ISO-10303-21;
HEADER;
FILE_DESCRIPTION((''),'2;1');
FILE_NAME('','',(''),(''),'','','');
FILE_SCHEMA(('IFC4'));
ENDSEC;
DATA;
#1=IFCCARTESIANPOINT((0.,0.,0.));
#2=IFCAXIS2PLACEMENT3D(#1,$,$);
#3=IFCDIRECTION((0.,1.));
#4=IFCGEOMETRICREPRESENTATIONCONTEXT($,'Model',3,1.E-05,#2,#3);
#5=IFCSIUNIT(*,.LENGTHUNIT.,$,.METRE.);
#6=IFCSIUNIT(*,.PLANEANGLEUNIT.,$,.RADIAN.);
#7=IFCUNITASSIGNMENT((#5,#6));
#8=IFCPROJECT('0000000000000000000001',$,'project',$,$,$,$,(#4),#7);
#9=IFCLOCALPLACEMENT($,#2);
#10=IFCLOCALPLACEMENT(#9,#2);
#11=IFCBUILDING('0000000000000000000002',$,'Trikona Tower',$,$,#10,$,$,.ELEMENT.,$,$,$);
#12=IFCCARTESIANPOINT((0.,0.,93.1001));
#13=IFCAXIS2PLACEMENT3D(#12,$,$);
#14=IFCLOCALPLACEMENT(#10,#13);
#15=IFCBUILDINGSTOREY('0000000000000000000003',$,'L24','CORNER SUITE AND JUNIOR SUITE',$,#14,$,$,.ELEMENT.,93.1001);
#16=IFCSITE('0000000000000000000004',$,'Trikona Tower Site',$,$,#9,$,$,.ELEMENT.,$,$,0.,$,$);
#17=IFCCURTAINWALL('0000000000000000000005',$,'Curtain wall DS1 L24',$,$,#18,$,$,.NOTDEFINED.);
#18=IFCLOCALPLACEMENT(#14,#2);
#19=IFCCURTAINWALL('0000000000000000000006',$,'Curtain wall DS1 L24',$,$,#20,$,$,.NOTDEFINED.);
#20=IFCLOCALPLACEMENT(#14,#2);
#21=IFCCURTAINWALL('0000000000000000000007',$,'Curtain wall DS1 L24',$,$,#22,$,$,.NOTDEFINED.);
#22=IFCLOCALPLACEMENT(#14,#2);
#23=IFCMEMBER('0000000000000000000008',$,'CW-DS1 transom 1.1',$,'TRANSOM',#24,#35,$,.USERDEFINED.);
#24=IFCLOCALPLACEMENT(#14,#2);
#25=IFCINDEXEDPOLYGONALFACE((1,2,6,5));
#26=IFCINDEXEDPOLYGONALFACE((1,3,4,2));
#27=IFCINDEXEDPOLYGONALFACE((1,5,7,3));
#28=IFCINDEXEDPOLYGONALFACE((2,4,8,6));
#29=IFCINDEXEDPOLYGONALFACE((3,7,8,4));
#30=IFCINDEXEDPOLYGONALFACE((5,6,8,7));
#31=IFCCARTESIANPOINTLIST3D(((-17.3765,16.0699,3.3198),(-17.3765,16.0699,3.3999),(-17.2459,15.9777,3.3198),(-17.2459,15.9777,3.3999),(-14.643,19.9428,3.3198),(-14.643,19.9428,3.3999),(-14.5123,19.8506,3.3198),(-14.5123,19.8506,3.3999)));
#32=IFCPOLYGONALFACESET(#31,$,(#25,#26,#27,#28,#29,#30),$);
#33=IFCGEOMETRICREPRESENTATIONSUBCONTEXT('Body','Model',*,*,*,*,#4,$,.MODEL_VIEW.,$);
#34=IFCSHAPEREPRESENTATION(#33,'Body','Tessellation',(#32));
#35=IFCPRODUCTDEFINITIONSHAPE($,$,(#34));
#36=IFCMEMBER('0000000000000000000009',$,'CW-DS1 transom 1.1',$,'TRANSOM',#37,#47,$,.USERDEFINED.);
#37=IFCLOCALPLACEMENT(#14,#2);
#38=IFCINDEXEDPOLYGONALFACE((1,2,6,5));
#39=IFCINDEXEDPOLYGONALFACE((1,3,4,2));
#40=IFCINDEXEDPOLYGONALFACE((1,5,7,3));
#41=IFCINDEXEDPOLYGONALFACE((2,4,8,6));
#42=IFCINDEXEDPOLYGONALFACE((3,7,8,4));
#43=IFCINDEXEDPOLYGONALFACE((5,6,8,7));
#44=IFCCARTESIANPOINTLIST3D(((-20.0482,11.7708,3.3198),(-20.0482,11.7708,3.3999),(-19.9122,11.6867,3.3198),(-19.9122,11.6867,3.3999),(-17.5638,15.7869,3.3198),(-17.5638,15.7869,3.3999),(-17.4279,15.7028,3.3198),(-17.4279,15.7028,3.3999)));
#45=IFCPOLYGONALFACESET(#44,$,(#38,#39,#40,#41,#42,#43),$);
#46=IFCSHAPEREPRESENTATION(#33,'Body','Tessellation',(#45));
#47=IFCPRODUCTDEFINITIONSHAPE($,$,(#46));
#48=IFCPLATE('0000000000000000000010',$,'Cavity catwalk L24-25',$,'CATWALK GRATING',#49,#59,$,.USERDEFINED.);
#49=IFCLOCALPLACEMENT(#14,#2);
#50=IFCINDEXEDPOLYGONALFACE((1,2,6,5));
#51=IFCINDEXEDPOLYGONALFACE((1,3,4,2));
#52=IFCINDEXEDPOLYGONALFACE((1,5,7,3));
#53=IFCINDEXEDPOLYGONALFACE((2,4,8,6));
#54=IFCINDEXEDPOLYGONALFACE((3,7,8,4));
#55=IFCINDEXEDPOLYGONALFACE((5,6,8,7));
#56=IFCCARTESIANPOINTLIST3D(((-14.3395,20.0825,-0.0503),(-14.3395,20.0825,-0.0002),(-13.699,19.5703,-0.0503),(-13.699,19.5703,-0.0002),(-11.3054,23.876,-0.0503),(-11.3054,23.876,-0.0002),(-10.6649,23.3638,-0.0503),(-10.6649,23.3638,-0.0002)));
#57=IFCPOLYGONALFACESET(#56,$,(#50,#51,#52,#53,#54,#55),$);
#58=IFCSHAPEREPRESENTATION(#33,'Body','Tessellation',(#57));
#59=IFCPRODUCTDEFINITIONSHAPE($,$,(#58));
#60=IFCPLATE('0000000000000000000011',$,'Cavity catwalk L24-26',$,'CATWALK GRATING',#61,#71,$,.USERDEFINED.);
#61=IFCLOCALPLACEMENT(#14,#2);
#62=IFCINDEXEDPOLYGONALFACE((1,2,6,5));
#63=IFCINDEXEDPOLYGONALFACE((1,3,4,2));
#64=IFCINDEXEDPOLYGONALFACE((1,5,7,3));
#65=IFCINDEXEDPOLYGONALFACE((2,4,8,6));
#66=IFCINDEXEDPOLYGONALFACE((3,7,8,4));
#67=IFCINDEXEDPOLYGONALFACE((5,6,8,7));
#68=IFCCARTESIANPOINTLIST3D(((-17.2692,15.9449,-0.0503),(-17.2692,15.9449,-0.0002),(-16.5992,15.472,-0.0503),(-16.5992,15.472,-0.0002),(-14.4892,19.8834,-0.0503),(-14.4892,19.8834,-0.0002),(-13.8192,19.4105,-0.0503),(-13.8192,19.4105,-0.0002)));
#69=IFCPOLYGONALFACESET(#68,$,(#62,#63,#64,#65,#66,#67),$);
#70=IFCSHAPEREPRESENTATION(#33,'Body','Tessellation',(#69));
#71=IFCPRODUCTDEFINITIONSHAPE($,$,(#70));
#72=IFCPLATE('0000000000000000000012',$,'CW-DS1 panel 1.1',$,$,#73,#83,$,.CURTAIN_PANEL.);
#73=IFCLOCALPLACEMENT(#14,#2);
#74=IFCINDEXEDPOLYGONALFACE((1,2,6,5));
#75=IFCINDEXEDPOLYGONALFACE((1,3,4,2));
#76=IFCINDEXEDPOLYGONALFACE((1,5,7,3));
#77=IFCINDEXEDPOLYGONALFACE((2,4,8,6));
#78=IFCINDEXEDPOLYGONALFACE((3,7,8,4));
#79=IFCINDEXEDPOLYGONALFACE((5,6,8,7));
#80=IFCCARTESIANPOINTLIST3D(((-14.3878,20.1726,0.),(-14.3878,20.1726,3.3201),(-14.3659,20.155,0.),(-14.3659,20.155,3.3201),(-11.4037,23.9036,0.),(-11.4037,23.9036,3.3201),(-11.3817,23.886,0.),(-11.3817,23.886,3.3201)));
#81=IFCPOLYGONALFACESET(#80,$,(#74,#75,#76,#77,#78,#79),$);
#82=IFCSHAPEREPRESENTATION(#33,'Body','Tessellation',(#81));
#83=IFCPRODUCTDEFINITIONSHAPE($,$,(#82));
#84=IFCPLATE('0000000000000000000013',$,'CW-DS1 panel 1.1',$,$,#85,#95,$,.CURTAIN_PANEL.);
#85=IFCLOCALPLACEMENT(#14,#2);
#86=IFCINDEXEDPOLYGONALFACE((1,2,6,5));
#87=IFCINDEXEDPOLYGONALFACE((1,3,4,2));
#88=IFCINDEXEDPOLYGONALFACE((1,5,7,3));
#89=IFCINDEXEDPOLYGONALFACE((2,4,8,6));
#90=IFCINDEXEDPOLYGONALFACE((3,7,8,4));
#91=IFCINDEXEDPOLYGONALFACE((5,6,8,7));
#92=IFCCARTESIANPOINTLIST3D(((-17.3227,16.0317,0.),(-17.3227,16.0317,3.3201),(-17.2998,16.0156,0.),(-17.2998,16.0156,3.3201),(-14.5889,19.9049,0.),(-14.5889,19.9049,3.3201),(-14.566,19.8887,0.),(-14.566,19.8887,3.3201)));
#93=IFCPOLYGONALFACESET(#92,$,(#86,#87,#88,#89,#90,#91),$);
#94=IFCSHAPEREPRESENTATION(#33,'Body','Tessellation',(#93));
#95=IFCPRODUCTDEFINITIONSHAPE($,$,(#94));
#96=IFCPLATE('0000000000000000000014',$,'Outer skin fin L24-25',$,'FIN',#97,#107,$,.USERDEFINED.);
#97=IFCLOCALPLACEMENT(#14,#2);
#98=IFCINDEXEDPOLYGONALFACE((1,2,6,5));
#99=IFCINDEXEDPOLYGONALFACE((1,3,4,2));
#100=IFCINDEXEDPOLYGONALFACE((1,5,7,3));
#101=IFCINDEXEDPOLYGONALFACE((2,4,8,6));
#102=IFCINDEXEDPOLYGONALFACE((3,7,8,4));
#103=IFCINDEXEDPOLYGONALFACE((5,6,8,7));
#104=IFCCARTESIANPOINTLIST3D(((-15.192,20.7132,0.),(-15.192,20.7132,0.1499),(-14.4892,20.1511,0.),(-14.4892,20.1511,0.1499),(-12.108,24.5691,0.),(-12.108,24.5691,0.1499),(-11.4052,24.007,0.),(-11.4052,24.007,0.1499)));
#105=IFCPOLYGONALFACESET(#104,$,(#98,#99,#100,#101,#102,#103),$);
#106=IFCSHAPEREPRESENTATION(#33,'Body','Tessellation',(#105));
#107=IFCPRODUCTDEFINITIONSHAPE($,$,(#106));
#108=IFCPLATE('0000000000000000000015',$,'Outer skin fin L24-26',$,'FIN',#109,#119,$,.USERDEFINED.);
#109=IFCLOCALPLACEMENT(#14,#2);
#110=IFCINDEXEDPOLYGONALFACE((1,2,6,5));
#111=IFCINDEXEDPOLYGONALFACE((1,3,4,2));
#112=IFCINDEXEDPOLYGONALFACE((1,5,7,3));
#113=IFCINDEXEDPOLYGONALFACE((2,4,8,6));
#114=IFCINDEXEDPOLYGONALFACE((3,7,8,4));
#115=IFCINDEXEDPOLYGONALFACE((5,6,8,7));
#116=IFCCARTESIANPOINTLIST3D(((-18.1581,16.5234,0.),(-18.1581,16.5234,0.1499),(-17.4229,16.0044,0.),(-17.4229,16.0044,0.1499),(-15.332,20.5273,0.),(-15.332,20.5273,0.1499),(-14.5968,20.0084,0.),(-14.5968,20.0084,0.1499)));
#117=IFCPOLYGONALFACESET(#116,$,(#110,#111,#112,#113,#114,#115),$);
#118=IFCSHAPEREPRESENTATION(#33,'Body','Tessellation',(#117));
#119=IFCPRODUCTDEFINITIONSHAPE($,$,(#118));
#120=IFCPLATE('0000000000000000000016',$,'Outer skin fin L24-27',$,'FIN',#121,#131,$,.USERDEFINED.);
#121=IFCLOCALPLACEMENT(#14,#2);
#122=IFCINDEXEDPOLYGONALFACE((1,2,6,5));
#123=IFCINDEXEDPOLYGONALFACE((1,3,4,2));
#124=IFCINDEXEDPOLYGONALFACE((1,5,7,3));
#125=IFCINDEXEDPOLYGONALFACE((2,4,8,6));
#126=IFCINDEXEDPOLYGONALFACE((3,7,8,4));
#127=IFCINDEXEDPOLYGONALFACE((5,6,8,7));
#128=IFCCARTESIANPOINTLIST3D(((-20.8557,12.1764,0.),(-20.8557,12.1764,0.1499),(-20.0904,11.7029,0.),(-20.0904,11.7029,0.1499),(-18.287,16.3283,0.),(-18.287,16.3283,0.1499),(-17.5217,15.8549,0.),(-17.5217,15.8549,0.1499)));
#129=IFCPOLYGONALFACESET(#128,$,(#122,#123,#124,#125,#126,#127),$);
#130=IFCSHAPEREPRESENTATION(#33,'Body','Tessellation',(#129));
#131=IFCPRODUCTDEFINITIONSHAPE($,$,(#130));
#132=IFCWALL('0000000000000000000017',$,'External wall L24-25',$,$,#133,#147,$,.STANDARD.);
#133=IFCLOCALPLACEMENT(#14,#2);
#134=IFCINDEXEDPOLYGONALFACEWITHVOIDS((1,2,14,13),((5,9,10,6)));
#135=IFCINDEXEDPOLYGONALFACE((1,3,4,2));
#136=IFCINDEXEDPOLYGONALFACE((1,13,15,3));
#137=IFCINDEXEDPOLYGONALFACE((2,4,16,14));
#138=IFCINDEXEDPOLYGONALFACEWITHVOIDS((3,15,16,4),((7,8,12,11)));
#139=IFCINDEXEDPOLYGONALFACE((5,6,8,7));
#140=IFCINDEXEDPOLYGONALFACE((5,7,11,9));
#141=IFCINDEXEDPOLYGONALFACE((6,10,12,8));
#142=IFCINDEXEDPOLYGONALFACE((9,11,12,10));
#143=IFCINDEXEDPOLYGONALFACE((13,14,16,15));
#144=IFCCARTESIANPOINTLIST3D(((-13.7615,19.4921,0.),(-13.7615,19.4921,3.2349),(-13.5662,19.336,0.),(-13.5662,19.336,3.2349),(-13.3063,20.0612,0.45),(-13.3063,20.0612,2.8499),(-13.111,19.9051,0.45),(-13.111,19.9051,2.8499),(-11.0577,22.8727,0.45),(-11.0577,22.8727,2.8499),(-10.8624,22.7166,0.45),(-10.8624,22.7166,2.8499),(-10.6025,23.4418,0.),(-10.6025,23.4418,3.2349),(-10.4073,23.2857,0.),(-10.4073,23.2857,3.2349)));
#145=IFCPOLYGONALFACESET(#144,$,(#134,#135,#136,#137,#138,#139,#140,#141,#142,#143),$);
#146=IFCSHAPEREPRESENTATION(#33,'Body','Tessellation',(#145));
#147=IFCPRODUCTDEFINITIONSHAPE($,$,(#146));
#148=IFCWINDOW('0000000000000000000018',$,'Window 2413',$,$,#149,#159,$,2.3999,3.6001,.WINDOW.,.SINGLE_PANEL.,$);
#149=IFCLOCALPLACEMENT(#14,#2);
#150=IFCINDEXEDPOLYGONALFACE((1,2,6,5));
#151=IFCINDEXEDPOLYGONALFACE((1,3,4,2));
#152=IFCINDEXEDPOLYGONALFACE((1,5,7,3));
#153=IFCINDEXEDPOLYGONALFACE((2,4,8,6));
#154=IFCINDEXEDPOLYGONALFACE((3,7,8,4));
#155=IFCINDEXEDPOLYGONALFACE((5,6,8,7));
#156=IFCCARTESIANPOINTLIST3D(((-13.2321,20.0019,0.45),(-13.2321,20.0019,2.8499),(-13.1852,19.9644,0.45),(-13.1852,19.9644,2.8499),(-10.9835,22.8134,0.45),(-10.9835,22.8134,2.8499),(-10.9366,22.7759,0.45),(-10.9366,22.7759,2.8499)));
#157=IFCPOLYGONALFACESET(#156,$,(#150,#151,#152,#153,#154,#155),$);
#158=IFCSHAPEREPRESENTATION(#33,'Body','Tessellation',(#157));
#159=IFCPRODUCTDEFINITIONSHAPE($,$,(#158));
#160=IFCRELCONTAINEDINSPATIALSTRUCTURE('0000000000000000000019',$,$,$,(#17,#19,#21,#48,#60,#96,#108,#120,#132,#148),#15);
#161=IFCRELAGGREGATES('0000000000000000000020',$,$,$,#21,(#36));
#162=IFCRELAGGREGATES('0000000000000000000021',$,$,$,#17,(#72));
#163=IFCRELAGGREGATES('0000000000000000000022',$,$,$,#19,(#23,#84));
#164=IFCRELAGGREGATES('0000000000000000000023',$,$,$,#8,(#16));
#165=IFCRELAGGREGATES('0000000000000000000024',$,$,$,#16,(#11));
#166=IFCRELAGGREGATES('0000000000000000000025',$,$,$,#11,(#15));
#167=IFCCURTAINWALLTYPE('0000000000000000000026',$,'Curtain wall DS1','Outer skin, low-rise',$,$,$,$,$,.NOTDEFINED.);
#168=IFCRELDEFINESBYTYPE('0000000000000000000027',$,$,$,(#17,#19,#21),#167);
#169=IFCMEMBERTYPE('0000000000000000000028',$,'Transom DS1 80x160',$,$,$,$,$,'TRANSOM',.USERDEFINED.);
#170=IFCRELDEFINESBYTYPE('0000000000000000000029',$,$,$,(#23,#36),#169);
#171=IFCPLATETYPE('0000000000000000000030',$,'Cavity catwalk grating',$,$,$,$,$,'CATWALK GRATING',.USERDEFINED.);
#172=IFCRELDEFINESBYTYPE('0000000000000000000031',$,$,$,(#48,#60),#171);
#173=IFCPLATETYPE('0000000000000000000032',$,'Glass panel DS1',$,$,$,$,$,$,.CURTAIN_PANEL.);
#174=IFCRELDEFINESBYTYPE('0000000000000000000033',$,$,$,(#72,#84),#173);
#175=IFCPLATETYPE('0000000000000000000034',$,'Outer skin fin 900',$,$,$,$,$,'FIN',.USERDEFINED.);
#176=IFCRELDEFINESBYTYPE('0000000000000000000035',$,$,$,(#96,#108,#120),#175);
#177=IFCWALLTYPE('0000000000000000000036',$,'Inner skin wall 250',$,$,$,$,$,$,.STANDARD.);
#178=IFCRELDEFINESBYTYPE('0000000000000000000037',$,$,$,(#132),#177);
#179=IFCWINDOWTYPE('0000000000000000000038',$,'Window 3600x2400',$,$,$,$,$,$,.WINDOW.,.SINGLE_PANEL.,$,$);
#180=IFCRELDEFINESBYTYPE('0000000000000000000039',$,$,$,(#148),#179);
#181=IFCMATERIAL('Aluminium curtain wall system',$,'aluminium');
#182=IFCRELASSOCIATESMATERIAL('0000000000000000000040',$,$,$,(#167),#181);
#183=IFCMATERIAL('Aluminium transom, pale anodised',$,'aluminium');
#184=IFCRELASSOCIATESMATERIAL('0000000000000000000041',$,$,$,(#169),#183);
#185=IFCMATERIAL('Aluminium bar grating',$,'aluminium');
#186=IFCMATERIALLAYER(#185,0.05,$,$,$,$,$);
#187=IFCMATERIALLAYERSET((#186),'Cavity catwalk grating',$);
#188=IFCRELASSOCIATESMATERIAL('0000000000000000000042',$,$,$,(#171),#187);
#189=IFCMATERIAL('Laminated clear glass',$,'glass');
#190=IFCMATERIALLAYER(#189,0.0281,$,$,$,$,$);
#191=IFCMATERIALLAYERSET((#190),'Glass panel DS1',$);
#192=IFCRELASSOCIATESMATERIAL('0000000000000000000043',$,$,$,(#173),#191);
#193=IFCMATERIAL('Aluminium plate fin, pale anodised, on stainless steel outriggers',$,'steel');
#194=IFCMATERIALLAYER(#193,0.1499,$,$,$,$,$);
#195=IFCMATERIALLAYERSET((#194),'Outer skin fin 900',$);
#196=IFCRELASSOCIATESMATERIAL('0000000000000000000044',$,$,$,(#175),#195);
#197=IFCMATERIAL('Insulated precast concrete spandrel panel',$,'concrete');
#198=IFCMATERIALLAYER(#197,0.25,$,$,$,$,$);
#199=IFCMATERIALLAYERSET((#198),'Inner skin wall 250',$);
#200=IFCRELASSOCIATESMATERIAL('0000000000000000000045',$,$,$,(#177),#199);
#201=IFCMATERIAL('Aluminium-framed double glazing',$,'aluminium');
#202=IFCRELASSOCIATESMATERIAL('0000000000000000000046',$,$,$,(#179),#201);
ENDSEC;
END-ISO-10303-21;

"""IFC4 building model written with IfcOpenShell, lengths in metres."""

from ifc_helpers import new_model, si_unit, direction, frame, frame_2d, origin, origin_2d, place, context, subcontext, project, spatial, rectangle, extrude, material, layer, layer_set, material_profile, profile_set, type_object, element, fill, aggregate, save


model = new_model("IFC4")

# Units and contexts
model_context = context("Model", 3, precision=1e-05, world=origin(), true_north=direction((0.0, 1.0)))
body_context = subcontext(model_context, "Body", "Model", "MODEL_VIEW")
ifc_project = project(units=[si_unit("LENGTHUNIT", "METRE"), si_unit("PLANEANGLEUNIT", "RADIAN")], contexts=[model_context])

# Site, building, storey
site_placement = place(None, origin())
site = spatial("IfcSite", under=ifc_project, at=site_placement, Name="Trikona Tower Site", CompositionType="ELEMENT", RefElevation=0.0)
building_placement = place(site_placement, origin())
building = spatial("IfcBuilding", under=site, at=building_placement, Name="Trikona Tower", CompositionType="ELEMENT")
storey_placement = place(building_placement, frame((0.0, 0.0, 93.1001)))
storey = spatial("IfcBuildingStorey", under=building, at=storey_placement, Name="L24", Description="CORNER SUITE AND JUNIOR SUITE", CompositionType="ELEMENT", Elevation=93.1001)

# Shared definitions
ifc_material_1 = material(Name="Aluminium curtain wall system", Category="aluminium")
curtain_wall_type = type_object("IfcCurtainWallType", Name="Curtain wall DS1", Description="Outer skin, low-rise", PredefinedType="NOTDEFINED", material=ifc_material_1)

# Curtain walls
curtain_wall_1_placement = place(storey_placement, origin())
curtain_wall_1 = element("IfcCurtainWall", 1, at=curtain_wall_1_placement, inside=storey, type_object=curtain_wall_type, Name="Curtain wall DS1 L24", PredefinedType="NOTDEFINED")
curtain_wall_2_placement = place(storey_placement, origin())
curtain_wall_2 = element("IfcCurtainWall", 2, at=curtain_wall_2_placement, inside=storey, type_object=curtain_wall_type, Name="Curtain wall DS1 L24", PredefinedType="NOTDEFINED")

# Curtain wall
curtain_wall_3_placement = place(storey_placement, origin())
curtain_wall_3 = element("IfcCurtainWall", 3, at=curtain_wall_3_placement, inside=storey, type_object=curtain_wall_type, Name="Curtain wall DS1 L24", PredefinedType="NOTDEFINED")

# Members
ifc_material_2 = material(Name="Aluminium transom, pale anodised", Category="aluminium")
ifc_material_profile_1 = material_profile(ifc_material_2, rectangle(XDim=0.1599, YDim=0.0801, at=origin_2d()), Name="TRN-DS1")
ifc_profile_set_1 = profile_set([ifc_material_profile_1], Name="Aluminium transom, pale anodised")
member_type_1 = type_object("IfcMemberType", Name="Transom DS1 80x160", ElementType="TRANSOM", PredefinedType="USERDEFINED", material=ifc_profile_set_1)
member_1_placement = place(storey_placement, frame((-14.5776, 19.8967, 3.3599), z_axis=(-0.576645, -0.816995, 0.0), x_axis=(0.816995, -0.576645, 0.0)))
member_1 = element("IfcMember", 4, at=member_1_placement, type_object=member_type_1, Name="CW-DS1 transom 1.1", ObjectType="TRANSOM", PredefinedType="USERDEFINED", context=body_context, shape_type="SweptSolid", body=[
    extrude(rectangle(XDim=0.1599, YDim=0.0801, at=origin_2d()), origin(), (0.0, 0.0, 1.0), 4.7405),
])
member_2_placement = place(storey_placement, frame((-17.4958, 15.7449, 3.3599), z_axis=(-0.526081, -0.850435, 0.0), x_axis=(0.850435, -0.526081, 0.0)))
member_2 = element("IfcMember", 5, at=member_2_placement, type_object=member_type_1, Name="CW-DS1 transom 1.1", ObjectType="TRANSOM", PredefinedType="USERDEFINED", context=body_context, shape_type="SweptSolid", body=[
    extrude(rectangle(XDim=0.1599, YDim=0.0801, at=origin_2d()), origin(), (0.0, 0.0, 1.0), 4.7224),
])
aggregate(curtain_wall_3, [member_2])

# Plates
ifc_material_3 = material(Name="Aluminium bar grating", Category="aluminium")
ifc_layer_1 = layer(ifc_material_3, 0.05)
ifc_layer_set_1 = layer_set([ifc_layer_1], Name="Cavity catwalk grating")
plate_type_1 = type_object("IfcPlateType", Name="Cavity catwalk grating", ElementType="CATWALK GRATING", PredefinedType="USERDEFINED", material=ifc_layer_set_1)
plate_1_placement = place(storey_placement, frame((-12.5022, 21.7231, -0.0503), z_axis=(0.0, 0.0, 1.0), x_axis=(-0.624604, -0.780942, 0.0)))
element("IfcPlate", 6, at=plate_1_placement, inside=storey, type_object=plate_type_1, Name="Cavity catwalk L24-25", ObjectType="CATWALK GRATING", PredefinedType="USERDEFINED", context=body_context, shape_type="SweptSolid", body=[
    extrude(rectangle(XDim=4.8577, YDim=0.8201, at=origin_2d()), origin(), (0.0, 0.0, 1.0), 0.05),
])
plate_2_placement = place(storey_placement, frame((-15.5442, 17.6777, -0.0503), z_axis=(0.0, 0.0, 1.0), x_axis=(-0.576662, -0.816983, 0.0)))
element("IfcPlate", 7, at=plate_2_placement, inside=storey, type_object=plate_type_1, Name="Cavity catwalk L24-26", ObjectType="CATWALK GRATING", PredefinedType="USERDEFINED", context=body_context, shape_type="SweptSolid", body=[
    extrude(rectangle(XDim=4.8208, YDim=0.8201, at=origin_2d()), origin(), (0.0, 0.0, 1.0), 0.05),
])

# Plates
ifc_material_4 = material(Name="Laminated clear glass", Category="glass")
ifc_layer_2 = layer(ifc_material_4, 0.0281)
ifc_layer_set_2 = layer_set([ifc_layer_2], Name="Glass panel DS1")
plate_type_2 = type_object("IfcPlateType", Name="Glass panel DS1", PredefinedType="CURTAIN_PANEL", material=ifc_layer_set_2)
plate_3_placement = place(storey_placement, frame((-12.8848, 22.0293, 0.0), z_axis=(0.0, 0.0, 1.0), x_axis=(-0.624609, -0.780938, 0.0)))
plate_3 = element("IfcPlate", 8, at=plate_3_placement, type_object=plate_type_2, Name="CW-DS1 panel 1.1", PredefinedType="CURTAIN_PANEL", context=body_context, shape_type="SweptSolid", body=[
    extrude(rectangle(XDim=4.7776, YDim=0.0281, at=origin_2d()), origin(), (0.0, 0.0, 1.0), 3.3201),
])
aggregate(curtain_wall_1, [plate_3])
plate_4_placement = place(storey_placement, frame((-15.9443, 17.9602, 0.0), z_axis=(0.0, 0.0, 1.0), x_axis=(-0.576658, -0.816985, 0.0)))
plate_4 = element("IfcPlate", 9, at=plate_4_placement, type_object=plate_type_2, Name="CW-DS1 panel 1.1", PredefinedType="CURTAIN_PANEL", context=body_context, shape_type="SweptSolid", body=[
    extrude(rectangle(XDim=4.7407, YDim=0.0281, at=origin_2d()), origin(), (0.0, 0.0, 1.0), 3.3201),
])
aggregate(curtain_wall_2, [member_1, plate_4])

# Plates
ifc_material_5 = material(Name="Aluminium plate fin, pale anodised, on stainless steel outriggers", Category="steel")
ifc_layer_3 = layer(ifc_material_5, 0.1499)
ifc_layer_set_3 = layer_set([ifc_layer_3], Name="Outer skin fin 900")
plate_type_3 = type_object("IfcPlateType", Name="Outer skin fin 900", ElementType="FIN", PredefinedType="USERDEFINED", material=ifc_layer_set_3)
plate_5_placement = place(storey_placement, frame((-13.2986, 22.3601, 0.0), z_axis=(0.0, 0.0, 1.0), x_axis=(-0.624604, -0.780942, 0.0)))
element("IfcPlate", 10, at=plate_5_placement, inside=storey, type_object=plate_type_3, Name="Outer skin fin L24-25", ObjectType="FIN", PredefinedType="USERDEFINED", context=body_context, shape_type="SweptSolid", body=[
    extrude(rectangle(XDim=4.9375, YDim=0.8999, at=origin_2d()), origin(), (0.0, 0.0, 1.0), 0.1499),
])
plate_6_placement = place(storey_placement, frame((-16.3774, 18.2659, 0.0), z_axis=(0.0, 0.0, 1.0), x_axis=(-0.576662, -0.816983, 0.0)))
element("IfcPlate", 11, at=plate_6_placement, inside=storey, type_object=plate_type_3, Name="Outer skin fin L24-26", ObjectType="FIN", PredefinedType="USERDEFINED", context=body_context, shape_type="SweptSolid", body=[
    extrude(rectangle(XDim=4.9009, YDim=0.8999, at=origin_2d()), origin(), (0.0, 0.0, 1.0), 0.1499),
])
plate_7_placement = place(storey_placement, frame((-19.1887, 14.0156, 0.0), z_axis=(0.0, 0.0, 1.0), x_axis=(-0.526119, -0.850411, 0.0)))
element("IfcPlate", 12, at=plate_7_placement, inside=storey, type_object=plate_type_3, Name="Outer skin fin L24-27", ObjectType="FIN", PredefinedType="USERDEFINED", context=body_context, shape_type="SweptSolid", body=[
    extrude(rectangle(XDim=4.8823, YDim=0.8999, at=origin_2d()), origin(), (0.0, 0.0, 1.0), 0.1499),
])

# Wall, opening, window
ifc_material_6 = material(Name="Insulated precast concrete spandrel panel", Category="concrete")
ifc_layer_4 = layer(ifc_material_6, 0.25)
ifc_layer_set_4 = layer_set([ifc_layer_4], Name="Inner skin wall 250")
wall_type = type_object("IfcWallType", Name="Inner skin wall 250", PredefinedType="STANDARD", material=ifc_layer_set_4)
wall_1_placement = place(storey_placement, frame((-10.5049, 23.3638, 0.0), z_axis=(0.0, 0.0, 1.0), x_axis=(-0.624595, -0.780949, 0.0)))
wall_1 = element("IfcWall", 13, at=wall_1_placement, inside=storey, type_object=wall_type, Name="External wall L24-25", PredefinedType="STANDARD", context=body_context, shape_type="SweptSolid", body=[
    extrude(rectangle(XDim=5.0576, YDim=0.25, at=frame_2d((2.5288, 0.0))), origin(), (0.0, 0.0, 1.0), 3.2349),
])
opening_1_placement = place(wall_1_placement, frame((0.7288, 0.0, 0.45)))
opening_1 = element("IfcOpeningElement", 14, at=opening_1_placement, cuts=wall_1, PredefinedType="OPENING", context=body_context, shape_type="SweptSolid", body=[
    extrude(rectangle(XDim=3.6001, YDim=2.3999, at=frame_2d((1.8, 1.2))), frame((0.0, 0.135, 0.0), z_axis=(0.0, -1.0, 0.0), x_axis=(1.0, 0.0, 0.0)), (0.0, 0.0, 1.0), 0.27),
])
ifc_material_7 = material(Name="Aluminium-framed double glazing", Category="aluminium")
window_type = type_object("IfcWindowType", Name="Window 3600x2400", PartitioningType="SINGLE_PANEL", PredefinedType="WINDOW", material=ifc_material_7)
window_1_placement = place(opening_1_placement, origin())
window_1 = element("IfcWindow", 15, at=window_1_placement, inside=storey, type_object=window_type, Name="Window 2413", OverallHeight=2.3999, OverallWidth=3.6001, PartitioningType="SINGLE_PANEL", PredefinedType="WINDOW", context=body_context, shape_type="SweptSolid", body=[
    extrude(rectangle(XDim=3.6001, YDim=2.3999, at=frame_2d((1.8, 1.2))), frame((0.0, 0.03, 0.0), z_axis=(0.0, -1.0, 0.0), x_axis=(1.0, 0.0, 0.0)), (0.0, 0.0, 1.0), 0.0601),
])
fill(opening_1, window_1)

save(model, "model.ifc")
